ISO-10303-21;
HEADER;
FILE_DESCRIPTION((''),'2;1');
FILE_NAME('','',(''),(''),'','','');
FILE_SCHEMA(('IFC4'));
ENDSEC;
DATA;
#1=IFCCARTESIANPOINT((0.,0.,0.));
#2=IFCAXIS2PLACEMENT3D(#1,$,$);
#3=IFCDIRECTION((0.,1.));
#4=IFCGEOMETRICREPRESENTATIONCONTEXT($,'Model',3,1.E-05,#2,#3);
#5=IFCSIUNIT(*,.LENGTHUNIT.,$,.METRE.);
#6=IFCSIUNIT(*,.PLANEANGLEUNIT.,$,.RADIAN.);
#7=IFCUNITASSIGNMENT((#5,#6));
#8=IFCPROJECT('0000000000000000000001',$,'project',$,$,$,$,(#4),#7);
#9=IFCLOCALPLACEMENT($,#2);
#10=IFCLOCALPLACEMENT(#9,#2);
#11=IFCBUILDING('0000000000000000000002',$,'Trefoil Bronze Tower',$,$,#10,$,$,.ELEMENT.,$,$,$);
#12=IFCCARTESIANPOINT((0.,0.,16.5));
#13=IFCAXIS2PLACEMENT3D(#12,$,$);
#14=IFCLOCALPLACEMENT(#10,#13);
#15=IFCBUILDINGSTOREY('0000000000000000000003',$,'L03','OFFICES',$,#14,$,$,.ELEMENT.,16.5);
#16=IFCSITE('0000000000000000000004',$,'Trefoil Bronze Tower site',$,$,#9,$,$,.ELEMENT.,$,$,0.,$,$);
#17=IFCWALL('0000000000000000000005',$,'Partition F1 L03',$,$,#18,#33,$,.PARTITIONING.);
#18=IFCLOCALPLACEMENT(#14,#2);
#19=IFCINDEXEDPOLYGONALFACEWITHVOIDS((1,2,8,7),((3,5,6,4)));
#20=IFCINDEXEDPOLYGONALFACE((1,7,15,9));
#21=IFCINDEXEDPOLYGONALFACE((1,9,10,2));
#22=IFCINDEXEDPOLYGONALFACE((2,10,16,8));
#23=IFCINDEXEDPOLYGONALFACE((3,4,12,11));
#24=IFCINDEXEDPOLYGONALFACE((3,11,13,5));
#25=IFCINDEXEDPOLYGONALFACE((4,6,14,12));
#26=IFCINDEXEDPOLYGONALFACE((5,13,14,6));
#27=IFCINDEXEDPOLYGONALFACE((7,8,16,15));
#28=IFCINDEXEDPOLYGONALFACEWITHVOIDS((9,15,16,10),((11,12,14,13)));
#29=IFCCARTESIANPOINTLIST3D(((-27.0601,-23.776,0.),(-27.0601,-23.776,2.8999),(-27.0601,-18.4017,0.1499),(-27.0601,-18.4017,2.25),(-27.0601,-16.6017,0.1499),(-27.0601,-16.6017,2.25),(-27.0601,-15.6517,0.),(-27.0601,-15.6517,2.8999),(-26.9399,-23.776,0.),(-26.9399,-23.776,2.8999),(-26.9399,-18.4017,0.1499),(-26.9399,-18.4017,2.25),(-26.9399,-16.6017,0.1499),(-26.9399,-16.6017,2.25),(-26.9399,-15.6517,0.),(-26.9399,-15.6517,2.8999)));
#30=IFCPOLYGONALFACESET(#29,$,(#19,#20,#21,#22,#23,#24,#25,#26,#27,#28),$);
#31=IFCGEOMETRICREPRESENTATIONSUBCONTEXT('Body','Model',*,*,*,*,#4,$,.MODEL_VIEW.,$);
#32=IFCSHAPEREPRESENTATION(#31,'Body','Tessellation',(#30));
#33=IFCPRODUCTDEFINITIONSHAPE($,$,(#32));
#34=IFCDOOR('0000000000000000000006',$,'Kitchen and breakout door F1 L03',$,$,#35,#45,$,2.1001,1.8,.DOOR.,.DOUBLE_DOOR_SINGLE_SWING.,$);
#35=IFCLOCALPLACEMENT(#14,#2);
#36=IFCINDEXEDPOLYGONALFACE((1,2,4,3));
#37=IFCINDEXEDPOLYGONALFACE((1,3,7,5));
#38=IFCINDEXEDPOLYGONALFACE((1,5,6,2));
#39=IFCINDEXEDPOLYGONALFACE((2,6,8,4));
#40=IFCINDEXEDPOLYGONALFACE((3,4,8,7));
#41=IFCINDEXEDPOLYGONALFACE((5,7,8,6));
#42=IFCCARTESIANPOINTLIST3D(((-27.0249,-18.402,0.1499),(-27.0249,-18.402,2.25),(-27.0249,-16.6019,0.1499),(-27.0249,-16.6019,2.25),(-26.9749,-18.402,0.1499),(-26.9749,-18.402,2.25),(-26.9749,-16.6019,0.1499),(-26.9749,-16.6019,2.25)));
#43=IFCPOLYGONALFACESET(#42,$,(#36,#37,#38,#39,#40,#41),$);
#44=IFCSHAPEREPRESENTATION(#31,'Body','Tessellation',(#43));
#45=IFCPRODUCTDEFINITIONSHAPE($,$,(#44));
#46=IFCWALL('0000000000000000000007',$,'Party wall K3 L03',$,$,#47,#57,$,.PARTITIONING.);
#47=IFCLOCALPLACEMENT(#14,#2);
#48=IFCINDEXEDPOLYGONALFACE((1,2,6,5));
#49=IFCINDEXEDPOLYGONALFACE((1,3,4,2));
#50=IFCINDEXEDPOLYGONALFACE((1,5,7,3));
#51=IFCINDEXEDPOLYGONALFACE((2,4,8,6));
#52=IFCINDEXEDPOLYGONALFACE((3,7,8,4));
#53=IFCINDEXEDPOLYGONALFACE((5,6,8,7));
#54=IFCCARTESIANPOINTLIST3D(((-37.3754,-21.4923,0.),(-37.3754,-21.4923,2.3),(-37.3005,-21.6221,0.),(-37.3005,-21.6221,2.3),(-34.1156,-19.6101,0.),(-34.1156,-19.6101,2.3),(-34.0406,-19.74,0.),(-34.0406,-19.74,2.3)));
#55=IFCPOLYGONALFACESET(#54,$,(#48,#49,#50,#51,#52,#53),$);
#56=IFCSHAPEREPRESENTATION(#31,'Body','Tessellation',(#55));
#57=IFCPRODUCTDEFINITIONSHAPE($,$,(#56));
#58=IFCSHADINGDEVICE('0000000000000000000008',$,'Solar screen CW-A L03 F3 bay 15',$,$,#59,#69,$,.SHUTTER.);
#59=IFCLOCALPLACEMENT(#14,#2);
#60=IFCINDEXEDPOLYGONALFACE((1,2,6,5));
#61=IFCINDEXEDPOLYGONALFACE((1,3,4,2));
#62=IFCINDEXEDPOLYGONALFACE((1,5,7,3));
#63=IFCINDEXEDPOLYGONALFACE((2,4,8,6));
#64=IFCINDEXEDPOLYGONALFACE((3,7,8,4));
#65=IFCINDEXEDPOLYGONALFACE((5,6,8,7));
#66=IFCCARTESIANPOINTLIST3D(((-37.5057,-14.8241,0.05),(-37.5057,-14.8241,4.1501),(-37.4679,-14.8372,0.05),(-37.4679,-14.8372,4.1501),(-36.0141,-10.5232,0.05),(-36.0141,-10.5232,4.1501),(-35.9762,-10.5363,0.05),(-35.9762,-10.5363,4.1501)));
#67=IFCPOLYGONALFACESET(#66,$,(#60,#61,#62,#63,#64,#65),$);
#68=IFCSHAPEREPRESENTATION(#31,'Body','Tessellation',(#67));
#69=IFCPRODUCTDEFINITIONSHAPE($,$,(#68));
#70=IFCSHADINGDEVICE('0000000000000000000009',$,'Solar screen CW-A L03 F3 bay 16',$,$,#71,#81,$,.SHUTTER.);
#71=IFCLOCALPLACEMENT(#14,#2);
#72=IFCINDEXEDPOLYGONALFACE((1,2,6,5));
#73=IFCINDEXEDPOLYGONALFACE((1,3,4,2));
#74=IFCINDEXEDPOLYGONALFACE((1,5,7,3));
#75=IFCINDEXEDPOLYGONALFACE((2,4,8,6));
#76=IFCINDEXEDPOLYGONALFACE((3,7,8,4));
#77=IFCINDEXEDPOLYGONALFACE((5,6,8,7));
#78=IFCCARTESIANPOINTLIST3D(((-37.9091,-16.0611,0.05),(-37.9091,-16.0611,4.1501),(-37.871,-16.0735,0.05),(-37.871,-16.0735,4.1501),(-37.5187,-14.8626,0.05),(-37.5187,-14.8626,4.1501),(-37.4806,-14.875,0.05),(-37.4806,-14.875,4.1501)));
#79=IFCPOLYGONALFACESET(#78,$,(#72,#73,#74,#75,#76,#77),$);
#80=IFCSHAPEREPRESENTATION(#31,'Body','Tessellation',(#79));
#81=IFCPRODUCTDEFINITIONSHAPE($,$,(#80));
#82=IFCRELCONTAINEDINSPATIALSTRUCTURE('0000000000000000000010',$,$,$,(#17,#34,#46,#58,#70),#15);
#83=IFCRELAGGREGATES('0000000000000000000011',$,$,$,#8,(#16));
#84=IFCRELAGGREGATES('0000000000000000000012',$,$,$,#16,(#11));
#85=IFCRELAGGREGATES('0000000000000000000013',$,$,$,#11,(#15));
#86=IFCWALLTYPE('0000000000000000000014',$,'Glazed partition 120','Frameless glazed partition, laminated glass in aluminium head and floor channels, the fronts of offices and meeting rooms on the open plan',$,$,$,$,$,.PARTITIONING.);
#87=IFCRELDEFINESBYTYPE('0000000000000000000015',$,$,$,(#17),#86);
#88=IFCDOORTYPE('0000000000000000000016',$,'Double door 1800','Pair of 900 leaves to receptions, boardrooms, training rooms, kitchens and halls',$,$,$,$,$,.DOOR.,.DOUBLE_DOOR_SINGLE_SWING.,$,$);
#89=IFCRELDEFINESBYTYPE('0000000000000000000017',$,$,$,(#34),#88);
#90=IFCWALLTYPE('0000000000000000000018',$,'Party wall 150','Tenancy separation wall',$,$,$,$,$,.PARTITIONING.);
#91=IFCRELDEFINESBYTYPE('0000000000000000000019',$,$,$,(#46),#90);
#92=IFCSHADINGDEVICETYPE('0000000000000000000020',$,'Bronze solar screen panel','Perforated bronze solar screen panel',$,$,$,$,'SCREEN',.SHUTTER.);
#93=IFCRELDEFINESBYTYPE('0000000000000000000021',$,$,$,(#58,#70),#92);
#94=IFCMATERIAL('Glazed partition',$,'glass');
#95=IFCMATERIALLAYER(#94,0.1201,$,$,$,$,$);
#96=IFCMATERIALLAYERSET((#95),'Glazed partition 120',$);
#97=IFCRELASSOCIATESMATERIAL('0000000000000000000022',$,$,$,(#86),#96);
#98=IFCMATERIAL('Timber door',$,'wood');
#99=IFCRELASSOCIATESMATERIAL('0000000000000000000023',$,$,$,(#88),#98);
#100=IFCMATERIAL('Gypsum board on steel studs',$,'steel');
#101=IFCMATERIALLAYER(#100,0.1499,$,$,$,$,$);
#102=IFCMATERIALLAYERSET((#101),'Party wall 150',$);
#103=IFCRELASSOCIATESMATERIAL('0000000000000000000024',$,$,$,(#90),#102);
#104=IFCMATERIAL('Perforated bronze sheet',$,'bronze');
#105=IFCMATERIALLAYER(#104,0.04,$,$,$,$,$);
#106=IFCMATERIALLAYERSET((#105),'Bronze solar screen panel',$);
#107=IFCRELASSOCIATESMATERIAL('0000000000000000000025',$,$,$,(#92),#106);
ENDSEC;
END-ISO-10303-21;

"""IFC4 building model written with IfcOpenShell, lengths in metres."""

from ifc_helpers import new_model, si_unit, direction, frame, frame_2d, origin, origin_2d, place, context, subcontext, project, spatial, rectangle, extrude, material, layer, layer_set, type_object, element, fill, save


model = new_model("IFC4")

# Units and contexts
model_context = context("Model", 3, precision=1e-05, world=origin(), true_north=direction((0.0, 1.0)))
body_context = subcontext(model_context, "Body", "Model", "MODEL_VIEW")
ifc_project = project(units=[si_unit("LENGTHUNIT", "METRE"), si_unit("PLANEANGLEUNIT", "RADIAN")], contexts=[model_context])

# Site, building, storey
site_placement = place(None, origin())
site = spatial("IfcSite", under=ifc_project, at=site_placement, Name="Trefoil Bronze Tower site", CompositionType="ELEMENT", RefElevation=0.0)
building_placement = place(site_placement, origin())
building = spatial("IfcBuilding", under=site, at=building_placement, Name="Trefoil Bronze Tower", CompositionType="ELEMENT")
storey_placement = place(building_placement, frame((0.0, 0.0, 16.5)))
storey = spatial("IfcBuildingStorey", under=building, at=storey_placement, Name="L03", Description="OFFICES", CompositionType="ELEMENT", Elevation=16.5)

# Wall, opening, door
ifc_material_1 = material(Name="Glazed partition", Category="glass")
ifc_layer_1 = layer(ifc_material_1, 0.1201)
ifc_layer_set_1 = layer_set([ifc_layer_1], Name="Glazed partition 120")
wall_type_1 = type_object("IfcWallType", Name="Glazed partition 120", Description="Frameless glazed partition, laminated glass in aluminium head and floor channels, the fronts of offices and meeting rooms on the open plan", PredefinedType="PARTITIONING", material=ifc_layer_set_1)
wall_1_placement = place(storey_placement, frame((-27.0, -15.6519, 0.0), z_axis=(0.0, 0.0, 1.0), x_axis=(0.0, -1.0, 0.0)))
wall_1 = element("IfcWall", 1, at=wall_1_placement, inside=storey, type_object=wall_type_1, Name="Partition F1 L03", PredefinedType="PARTITIONING", context=body_context, shape_type="SweptSolid", body=[
    extrude(rectangle(XDim=8.1243, YDim=0.1201, at=frame_2d((4.062, 0.0))), origin(), (0.0, 0.0, 1.0), 2.8999),
])
opening_placement = place(wall_1_placement, frame((0.95, 0.0, 0.1499)))
opening = element("IfcOpeningElement", 2, at=opening_placement, cuts=wall_1, PredefinedType="OPENING", context=body_context, shape_type="SweptSolid", body=[
    extrude(rectangle(XDim=1.8, YDim=2.1001, at=frame_2d((0.8999, 1.05))), frame((0.0, 0.0701, 0.0), z_axis=(0.0, -1.0, 0.0), x_axis=(1.0, 0.0, 0.0)), (0.0, 0.0, 1.0), 0.1401),
])
ifc_material_2 = material(Name="Timber door", Category="wood")
door_type = type_object("IfcDoorType", Name="Double door 1800", Description="Pair of 900 leaves to receptions, boardrooms, training rooms, kitchens and halls", OperationType="DOUBLE_DOOR_SINGLE_SWING", PredefinedType="DOOR", material=ifc_material_2)
door_placement = place(opening_placement, frame((1.8, 0.0, 0.0), z_axis=(0.0, 0.0, 1.0), x_axis=(-1.0, 0.0, 0.0)))
door = element("IfcDoor", 3, at=door_placement, inside=storey, type_object=door_type, Name="Kitchen and breakout door F1 L03", OperationType="DOUBLE_DOOR_SINGLE_SWING", OverallHeight=2.1001, OverallWidth=1.8, PredefinedType="DOOR", context=body_context, shape_type="SweptSolid", body=[
    extrude(rectangle(XDim=1.8, YDim=2.1001, at=frame_2d((0.8999, 1.05))), frame((0.0, 0.0249, 0.0), z_axis=(0.0, -1.0, 0.0), x_axis=(1.0, 0.0, 0.0)), (0.0, 0.0, 1.0), 0.05),
])
fill(opening, door)

# Wall
ifc_material_3 = material(Name="Gypsum board on steel studs", Category="steel")
ifc_layer_2 = layer(ifc_material_3, 0.1499)
ifc_layer_set_2 = layer_set([ifc_layer_2], Name="Party wall 150")
wall_type_2 = type_object("IfcWallType", Name="Party wall 150", Description="Tenancy separation wall", PredefinedType="PARTITIONING", material=ifc_layer_set_2)
wall_2_placement = place(storey_placement, frame((-34.0781, -19.675, 0.0), z_axis=(0.0, 0.0, 1.0), x_axis=(-0.866019, -0.500011, 0.0)))
element("IfcWall", 4, at=wall_2_placement, inside=storey, type_object=wall_type_2, Name="Party wall K3 L03", PredefinedType="PARTITIONING", context=body_context, shape_type="SweptSolid", body=[
    extrude(rectangle(XDim=3.7642, YDim=0.1499, at=frame_2d((1.8821, 0.0))), origin(), (0.0, 0.0, 1.0), 2.3),
])

# Shading devices
ifc_material_4 = material(Name="Perforated bronze sheet", Category="bronze")
ifc_layer_3 = layer(ifc_material_4, 0.04)
ifc_layer_set_3 = layer_set([ifc_layer_3], Name="Bronze solar screen panel")
shading_device_type = type_object("IfcShadingDeviceType", Name="Bronze solar screen panel", Description="Perforated bronze solar screen panel", ElementType="SCREEN", PredefinedType="SHUTTER", material=ifc_layer_set_3)
shading_device_1_placement = place(storey_placement, frame((-36.741, -12.6802, 0.05), z_axis=(0.0, 0.0, 1.0), x_axis=(-0.327674, -0.944791, 0.0)))
element("IfcShadingDevice", 5, at=shading_device_1_placement, inside=storey, type_object=shading_device_type, Name="Solar screen CW-A L03 F3 bay 15", PredefinedType="SHUTTER", context=body_context, shape_type="SweptSolid", body=[
    extrude(rectangle(XDim=4.5522, YDim=0.04, at=origin_2d()), origin(), (0.0, 0.0, 1.0), 4.1001),
])
shading_device_2_placement = place(storey_placement, frame((-37.6948, -15.468, 0.05), z_axis=(0.0, 0.0, 1.0), x_axis=(-0.309728, -0.950825, 0.0)))
element("IfcShadingDevice", 6, at=shading_device_2_placement, inside=storey, type_object=shading_device_type, Name="Solar screen CW-A L03 F3 bay 16", PredefinedType="SHUTTER", context=body_context, shape_type="SweptSolid", body=[
    extrude(rectangle(XDim=1.2605, YDim=0.04, at=origin_2d()), origin(), (0.0, 0.0, 1.0), 4.1001),
])

save(model, "model.ifc")
